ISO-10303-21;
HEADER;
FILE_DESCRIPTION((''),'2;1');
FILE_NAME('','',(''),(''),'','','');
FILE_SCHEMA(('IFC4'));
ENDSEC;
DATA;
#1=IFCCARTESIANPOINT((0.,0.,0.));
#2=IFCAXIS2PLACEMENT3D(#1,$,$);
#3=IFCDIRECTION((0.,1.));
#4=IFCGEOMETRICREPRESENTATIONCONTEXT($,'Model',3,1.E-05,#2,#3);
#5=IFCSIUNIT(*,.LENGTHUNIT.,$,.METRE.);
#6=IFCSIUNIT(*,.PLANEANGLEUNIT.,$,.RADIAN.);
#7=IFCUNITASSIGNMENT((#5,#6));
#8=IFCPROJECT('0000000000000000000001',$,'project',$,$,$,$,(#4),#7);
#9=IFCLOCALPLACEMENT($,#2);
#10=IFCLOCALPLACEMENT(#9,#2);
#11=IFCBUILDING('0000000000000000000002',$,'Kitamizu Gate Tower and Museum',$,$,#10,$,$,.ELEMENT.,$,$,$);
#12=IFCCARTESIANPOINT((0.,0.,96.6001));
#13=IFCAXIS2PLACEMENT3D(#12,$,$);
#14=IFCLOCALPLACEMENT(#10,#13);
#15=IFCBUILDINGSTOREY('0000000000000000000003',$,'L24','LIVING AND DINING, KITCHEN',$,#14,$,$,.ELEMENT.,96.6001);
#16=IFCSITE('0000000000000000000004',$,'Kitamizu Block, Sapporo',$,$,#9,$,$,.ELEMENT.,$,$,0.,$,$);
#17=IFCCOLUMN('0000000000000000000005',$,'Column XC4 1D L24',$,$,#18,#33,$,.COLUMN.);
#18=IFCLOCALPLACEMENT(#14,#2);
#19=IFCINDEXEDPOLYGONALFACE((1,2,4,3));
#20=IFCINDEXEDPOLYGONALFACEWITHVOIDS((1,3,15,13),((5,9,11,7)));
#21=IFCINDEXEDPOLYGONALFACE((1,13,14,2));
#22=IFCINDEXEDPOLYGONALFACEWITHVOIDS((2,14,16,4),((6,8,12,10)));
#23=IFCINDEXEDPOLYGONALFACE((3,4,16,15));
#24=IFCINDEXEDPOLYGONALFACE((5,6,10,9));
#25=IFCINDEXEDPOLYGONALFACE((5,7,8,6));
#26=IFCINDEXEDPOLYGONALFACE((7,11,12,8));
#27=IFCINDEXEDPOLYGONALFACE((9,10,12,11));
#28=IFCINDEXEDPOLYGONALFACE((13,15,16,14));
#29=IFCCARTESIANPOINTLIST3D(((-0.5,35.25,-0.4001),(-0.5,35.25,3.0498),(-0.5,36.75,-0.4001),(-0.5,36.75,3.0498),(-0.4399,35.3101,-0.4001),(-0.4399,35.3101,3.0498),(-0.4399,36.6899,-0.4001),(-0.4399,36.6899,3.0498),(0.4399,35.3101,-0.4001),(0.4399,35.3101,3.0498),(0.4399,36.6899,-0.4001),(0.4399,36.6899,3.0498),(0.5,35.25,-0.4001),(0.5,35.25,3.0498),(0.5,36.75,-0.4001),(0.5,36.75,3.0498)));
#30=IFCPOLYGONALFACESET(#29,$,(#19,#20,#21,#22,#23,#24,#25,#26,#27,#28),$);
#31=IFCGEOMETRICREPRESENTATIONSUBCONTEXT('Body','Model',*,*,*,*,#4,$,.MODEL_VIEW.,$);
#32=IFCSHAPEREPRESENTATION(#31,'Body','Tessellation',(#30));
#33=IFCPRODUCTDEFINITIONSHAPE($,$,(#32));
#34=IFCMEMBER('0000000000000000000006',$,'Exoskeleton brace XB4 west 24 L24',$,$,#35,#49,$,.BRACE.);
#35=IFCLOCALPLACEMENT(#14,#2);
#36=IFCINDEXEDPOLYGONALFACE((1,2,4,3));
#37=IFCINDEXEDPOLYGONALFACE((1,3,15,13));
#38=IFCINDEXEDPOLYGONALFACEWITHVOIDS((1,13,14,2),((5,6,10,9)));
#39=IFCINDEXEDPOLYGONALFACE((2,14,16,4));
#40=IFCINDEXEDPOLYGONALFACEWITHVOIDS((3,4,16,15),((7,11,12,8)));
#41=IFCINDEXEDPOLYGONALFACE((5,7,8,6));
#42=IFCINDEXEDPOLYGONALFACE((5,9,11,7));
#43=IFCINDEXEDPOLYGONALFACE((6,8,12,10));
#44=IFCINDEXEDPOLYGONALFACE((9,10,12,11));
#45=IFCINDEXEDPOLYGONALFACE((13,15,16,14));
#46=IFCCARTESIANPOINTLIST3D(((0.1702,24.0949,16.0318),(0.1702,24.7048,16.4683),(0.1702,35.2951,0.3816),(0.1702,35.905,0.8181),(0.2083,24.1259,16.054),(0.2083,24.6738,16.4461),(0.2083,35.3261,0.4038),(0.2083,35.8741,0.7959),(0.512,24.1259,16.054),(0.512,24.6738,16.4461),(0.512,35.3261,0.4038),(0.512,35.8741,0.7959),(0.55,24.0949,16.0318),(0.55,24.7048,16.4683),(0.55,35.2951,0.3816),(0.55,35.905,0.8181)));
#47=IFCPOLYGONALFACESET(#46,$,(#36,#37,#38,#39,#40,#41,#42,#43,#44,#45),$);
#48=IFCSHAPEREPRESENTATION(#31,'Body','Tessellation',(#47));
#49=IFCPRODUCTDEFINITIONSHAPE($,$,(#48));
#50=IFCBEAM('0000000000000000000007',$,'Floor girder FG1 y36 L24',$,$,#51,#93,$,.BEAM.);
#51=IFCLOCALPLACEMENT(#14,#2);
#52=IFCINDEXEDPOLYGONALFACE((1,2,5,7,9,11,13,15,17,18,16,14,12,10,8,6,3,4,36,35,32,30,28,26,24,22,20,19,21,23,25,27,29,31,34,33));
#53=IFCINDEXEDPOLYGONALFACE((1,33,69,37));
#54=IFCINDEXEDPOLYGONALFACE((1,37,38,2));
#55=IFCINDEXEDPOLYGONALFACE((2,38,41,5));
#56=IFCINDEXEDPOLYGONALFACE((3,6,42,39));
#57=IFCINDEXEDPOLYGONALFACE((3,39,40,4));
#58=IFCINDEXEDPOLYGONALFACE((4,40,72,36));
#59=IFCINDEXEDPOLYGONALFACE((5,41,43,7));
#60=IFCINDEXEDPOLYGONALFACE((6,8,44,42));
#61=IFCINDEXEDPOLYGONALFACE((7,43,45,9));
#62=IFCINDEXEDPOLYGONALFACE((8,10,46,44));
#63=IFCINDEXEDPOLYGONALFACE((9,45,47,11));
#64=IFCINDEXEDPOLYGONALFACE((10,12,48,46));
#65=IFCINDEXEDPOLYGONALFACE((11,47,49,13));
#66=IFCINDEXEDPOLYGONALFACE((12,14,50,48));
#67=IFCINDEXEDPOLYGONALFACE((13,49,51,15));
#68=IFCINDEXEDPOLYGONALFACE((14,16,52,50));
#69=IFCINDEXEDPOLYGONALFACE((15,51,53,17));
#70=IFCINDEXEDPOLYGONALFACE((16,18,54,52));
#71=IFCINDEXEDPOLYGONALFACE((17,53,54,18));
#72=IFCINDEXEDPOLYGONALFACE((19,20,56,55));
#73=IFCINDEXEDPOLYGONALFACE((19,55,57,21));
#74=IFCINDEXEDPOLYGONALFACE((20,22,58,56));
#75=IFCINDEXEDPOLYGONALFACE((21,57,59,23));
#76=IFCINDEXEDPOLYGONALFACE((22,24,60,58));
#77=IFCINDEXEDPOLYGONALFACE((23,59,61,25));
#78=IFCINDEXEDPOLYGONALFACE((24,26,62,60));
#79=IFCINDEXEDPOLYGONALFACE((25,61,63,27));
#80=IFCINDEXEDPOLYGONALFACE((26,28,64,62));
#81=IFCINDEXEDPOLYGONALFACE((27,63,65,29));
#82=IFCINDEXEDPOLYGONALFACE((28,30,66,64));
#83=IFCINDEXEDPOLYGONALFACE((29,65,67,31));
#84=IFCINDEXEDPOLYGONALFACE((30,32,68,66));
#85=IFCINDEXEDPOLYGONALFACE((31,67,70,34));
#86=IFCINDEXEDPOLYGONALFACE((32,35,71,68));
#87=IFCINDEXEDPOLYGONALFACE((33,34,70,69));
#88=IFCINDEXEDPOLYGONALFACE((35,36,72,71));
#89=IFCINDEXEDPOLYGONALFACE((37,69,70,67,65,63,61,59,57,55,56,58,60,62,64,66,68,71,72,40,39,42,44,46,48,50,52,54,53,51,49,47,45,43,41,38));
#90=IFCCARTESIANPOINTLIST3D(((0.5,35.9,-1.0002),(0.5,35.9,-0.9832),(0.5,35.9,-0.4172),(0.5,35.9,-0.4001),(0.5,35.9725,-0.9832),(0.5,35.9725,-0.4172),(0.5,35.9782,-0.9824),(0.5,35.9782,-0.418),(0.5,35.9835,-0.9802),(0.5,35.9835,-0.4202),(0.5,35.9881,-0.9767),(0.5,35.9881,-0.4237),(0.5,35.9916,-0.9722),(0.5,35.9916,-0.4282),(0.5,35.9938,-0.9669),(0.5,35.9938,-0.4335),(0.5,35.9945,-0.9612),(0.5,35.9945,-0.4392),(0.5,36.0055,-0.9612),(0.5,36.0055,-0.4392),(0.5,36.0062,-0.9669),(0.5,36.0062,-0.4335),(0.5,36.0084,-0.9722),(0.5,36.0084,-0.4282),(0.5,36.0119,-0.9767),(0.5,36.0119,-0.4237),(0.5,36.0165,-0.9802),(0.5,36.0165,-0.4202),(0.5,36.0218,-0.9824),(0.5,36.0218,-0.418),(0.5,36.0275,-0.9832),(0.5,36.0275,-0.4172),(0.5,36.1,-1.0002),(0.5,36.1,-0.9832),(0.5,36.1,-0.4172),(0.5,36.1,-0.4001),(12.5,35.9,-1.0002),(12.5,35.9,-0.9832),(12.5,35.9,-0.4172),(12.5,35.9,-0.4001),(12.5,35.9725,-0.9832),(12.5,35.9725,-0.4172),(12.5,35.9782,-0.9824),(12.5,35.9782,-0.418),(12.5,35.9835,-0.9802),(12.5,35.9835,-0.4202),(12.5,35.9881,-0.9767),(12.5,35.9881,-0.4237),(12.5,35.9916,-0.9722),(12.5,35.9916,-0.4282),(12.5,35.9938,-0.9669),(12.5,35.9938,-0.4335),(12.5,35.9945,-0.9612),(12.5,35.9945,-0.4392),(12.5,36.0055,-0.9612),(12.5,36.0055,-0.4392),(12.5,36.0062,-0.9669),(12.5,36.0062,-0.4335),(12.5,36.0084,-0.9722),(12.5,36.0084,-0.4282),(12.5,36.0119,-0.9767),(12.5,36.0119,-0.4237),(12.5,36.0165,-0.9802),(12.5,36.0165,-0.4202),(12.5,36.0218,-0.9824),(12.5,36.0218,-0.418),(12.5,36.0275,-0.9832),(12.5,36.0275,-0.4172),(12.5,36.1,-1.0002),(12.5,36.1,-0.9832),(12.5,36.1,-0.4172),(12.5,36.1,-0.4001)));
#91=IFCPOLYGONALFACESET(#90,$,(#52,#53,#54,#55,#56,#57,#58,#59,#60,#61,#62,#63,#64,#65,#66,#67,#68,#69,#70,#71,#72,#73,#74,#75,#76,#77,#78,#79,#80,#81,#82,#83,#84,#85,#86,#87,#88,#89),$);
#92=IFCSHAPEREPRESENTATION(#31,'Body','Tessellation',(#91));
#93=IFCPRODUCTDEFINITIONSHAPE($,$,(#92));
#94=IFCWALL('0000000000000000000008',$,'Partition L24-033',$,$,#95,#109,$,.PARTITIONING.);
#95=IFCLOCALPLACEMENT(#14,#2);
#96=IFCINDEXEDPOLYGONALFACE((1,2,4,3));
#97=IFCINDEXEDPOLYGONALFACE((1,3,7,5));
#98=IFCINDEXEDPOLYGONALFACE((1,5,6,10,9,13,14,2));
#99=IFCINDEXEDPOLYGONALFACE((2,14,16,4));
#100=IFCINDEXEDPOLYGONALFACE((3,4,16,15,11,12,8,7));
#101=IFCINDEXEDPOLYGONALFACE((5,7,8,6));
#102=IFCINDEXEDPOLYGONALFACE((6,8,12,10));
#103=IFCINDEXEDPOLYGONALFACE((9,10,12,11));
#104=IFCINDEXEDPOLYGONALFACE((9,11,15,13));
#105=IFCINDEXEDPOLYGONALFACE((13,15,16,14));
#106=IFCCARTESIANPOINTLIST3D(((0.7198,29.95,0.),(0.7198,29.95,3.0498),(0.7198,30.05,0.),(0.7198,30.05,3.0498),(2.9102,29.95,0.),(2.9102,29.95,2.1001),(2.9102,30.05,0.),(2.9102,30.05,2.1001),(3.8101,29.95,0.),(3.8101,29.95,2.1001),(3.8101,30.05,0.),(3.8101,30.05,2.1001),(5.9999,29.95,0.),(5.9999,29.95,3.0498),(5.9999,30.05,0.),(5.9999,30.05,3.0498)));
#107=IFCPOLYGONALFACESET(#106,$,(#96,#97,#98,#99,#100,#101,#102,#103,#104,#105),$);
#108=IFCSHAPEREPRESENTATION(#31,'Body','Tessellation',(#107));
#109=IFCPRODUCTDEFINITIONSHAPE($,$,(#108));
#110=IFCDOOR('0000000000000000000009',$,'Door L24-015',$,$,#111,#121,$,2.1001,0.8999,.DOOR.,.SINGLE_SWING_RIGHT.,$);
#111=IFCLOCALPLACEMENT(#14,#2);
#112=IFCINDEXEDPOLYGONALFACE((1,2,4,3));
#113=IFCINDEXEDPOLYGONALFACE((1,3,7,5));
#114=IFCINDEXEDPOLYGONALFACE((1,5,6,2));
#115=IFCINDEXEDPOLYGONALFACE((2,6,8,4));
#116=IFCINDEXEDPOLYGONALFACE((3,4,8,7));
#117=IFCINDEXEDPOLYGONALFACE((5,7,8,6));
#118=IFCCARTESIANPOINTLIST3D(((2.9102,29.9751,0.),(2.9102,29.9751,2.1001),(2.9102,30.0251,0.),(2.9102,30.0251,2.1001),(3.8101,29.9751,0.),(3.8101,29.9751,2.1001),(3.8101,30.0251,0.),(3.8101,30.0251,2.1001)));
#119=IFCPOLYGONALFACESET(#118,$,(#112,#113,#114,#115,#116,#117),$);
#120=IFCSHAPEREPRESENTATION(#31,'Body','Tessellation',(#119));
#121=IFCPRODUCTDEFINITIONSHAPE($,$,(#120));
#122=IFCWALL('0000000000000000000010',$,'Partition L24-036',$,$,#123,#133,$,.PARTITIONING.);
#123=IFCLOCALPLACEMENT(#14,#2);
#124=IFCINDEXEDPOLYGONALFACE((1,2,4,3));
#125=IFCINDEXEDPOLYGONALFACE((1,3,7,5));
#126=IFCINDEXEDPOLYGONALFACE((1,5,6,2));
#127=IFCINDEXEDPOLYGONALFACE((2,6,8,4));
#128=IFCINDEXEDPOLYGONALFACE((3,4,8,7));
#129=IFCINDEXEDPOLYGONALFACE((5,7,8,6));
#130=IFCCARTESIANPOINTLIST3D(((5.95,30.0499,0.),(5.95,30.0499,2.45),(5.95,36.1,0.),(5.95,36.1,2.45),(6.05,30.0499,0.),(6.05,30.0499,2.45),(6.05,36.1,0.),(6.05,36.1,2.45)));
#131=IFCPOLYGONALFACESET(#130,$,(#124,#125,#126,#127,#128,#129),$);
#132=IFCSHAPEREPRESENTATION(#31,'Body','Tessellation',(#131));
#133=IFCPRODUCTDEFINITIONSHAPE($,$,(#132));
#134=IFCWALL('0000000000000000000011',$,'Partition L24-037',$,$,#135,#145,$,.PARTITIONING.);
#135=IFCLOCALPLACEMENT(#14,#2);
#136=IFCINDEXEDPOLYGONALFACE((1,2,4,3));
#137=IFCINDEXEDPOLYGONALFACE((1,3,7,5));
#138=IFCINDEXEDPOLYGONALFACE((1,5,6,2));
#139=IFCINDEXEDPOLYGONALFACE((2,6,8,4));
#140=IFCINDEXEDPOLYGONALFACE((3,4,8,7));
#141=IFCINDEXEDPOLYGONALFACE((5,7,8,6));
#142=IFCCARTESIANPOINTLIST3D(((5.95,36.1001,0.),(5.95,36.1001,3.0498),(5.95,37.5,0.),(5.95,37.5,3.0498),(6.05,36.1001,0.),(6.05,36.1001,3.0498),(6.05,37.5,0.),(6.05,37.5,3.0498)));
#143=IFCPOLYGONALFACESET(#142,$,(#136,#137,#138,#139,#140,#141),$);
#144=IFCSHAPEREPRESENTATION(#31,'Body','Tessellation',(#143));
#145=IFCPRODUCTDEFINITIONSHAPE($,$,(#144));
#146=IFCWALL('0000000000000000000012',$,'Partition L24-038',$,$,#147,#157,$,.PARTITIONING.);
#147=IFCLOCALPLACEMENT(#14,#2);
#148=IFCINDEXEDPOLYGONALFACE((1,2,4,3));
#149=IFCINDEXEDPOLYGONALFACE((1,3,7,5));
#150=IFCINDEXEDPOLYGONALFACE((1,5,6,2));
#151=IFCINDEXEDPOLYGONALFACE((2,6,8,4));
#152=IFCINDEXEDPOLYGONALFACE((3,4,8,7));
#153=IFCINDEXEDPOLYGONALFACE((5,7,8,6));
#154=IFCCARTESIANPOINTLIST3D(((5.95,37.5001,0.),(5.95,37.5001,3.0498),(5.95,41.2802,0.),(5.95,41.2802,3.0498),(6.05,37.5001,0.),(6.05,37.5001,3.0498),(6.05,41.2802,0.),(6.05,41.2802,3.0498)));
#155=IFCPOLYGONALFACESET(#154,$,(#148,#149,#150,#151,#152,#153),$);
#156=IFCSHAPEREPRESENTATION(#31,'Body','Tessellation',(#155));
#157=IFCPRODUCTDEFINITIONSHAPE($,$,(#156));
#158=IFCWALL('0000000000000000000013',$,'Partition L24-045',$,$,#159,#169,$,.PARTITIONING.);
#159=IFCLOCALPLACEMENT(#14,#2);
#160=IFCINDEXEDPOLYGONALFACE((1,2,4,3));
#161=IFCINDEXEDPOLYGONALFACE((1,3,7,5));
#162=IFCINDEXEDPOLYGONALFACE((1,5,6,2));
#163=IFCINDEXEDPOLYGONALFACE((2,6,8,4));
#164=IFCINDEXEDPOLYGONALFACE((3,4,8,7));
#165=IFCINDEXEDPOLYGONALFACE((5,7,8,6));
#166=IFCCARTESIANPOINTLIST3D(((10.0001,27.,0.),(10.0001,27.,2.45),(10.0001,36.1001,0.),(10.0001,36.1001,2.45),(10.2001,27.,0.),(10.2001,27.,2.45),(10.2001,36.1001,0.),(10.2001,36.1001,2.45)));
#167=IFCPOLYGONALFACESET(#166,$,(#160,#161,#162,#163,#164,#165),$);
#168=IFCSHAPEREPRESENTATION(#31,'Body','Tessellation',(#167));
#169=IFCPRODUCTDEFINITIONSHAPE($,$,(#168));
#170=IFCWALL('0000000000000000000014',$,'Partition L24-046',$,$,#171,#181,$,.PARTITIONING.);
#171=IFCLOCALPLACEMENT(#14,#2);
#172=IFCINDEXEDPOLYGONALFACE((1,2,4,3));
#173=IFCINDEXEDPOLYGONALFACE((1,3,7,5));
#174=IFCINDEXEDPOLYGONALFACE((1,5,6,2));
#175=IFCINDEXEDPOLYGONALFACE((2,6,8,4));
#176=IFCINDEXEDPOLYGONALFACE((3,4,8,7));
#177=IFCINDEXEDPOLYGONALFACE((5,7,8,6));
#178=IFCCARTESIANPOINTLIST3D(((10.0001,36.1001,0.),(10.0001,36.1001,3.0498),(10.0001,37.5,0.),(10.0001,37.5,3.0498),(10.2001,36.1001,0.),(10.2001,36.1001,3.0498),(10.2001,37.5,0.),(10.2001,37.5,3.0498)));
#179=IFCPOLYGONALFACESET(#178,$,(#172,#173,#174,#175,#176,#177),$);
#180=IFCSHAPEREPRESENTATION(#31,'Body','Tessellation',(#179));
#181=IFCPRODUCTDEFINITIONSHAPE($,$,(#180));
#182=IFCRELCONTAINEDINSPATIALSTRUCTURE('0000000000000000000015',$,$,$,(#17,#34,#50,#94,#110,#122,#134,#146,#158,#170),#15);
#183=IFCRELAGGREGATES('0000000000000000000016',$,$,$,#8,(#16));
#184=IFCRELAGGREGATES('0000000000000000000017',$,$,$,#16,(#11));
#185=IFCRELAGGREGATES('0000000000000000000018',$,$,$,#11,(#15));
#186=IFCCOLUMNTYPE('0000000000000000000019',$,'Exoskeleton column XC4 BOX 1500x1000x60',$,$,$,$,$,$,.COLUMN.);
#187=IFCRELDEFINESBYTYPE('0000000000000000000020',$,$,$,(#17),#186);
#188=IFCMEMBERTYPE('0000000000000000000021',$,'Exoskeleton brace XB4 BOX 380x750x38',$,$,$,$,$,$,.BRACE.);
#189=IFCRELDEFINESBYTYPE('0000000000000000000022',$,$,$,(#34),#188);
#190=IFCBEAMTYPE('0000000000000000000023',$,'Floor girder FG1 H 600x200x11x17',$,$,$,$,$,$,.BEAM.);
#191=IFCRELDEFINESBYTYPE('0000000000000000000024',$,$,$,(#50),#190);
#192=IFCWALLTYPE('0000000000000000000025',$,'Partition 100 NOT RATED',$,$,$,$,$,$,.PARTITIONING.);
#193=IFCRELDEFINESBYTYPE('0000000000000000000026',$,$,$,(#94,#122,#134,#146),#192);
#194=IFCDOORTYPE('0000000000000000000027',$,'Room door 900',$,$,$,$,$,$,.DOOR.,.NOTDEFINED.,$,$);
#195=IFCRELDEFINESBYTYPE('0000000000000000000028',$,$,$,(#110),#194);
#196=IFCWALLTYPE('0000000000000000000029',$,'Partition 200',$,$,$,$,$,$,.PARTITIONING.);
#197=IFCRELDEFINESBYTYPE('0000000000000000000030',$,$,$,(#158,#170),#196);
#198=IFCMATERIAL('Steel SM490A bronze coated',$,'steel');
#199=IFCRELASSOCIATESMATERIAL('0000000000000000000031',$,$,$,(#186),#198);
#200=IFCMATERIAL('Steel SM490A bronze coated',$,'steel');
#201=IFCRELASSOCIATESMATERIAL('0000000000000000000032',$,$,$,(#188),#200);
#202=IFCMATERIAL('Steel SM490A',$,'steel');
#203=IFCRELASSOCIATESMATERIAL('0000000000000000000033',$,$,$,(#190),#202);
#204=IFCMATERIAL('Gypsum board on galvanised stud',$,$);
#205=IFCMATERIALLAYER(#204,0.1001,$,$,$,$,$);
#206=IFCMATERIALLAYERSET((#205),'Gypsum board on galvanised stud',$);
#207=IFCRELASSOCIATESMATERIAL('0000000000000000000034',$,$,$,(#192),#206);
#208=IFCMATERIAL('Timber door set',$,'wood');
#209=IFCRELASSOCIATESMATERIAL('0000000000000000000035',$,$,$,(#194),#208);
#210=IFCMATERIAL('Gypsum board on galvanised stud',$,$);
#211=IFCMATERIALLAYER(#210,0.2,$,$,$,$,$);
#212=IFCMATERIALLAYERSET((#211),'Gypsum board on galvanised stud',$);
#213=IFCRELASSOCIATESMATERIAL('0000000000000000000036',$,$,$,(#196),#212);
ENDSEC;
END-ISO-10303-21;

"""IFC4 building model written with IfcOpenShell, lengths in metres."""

from ifc_helpers import new_model, si_unit, direction, frame, frame_2d, origin, origin_2d, place, context, subcontext, project, spatial, rectangle, hollow_rectangle, i_section, extrude, material, layer, layer_set, material_profile, profile_set, type_object, element, fill, save


model = new_model("IFC4")

# Units and contexts
model_context = context("Model", 3, precision=1e-05, world=origin(), true_north=direction((0.0, 1.0)))
body_context = subcontext(model_context, "Body", "Model", "MODEL_VIEW")
ifc_project = project(units=[si_unit("LENGTHUNIT", "METRE"), si_unit("PLANEANGLEUNIT", "RADIAN")], contexts=[model_context])

# Site, building, storey
site_placement = place(None, origin())
site = spatial("IfcSite", under=ifc_project, at=site_placement, Name="Kitamizu Block, Sapporo", CompositionType="ELEMENT", RefElevation=0.0)
building_placement = place(site_placement, origin())
building = spatial("IfcBuilding", under=site, at=building_placement, Name="Kitamizu Gate Tower and Museum", CompositionType="ELEMENT")
storey_placement = place(building_placement, frame((0.0, 0.0, 96.6001)))
storey = spatial("IfcBuildingStorey", under=building, at=storey_placement, Name="L24", Description="LIVING AND DINING, KITCHEN", CompositionType="ELEMENT", Elevation=96.6001)

# Column
ifc_material_1 = material(Name="Steel SM490A bronze coated", Category="steel")
ifc_material_profile_1 = material_profile(ifc_material_1, hollow_rectangle(XDim=1.5, YDim=1.0, WallThickness=0.0601, at=origin_2d()), Name="BOX 1500x1000x60")
ifc_profile_set_1 = profile_set([ifc_material_profile_1], Name="Steel SM490A bronze coated")
column_type = type_object("IfcColumnType", Name="Exoskeleton column XC4 BOX 1500x1000x60", PredefinedType="COLUMN", material=ifc_profile_set_1)
column_placement = place(storey_placement, frame((0.0, 36.0, -0.4001), z_axis=(0.0, 0.0, 1.0), x_axis=(0.0, 1.0, 0.0)))
element("IfcColumn", 1, at=column_placement, inside=storey, type_object=column_type, Name="Column XC4 1D L24", PredefinedType="COLUMN", context=body_context, shape_type="SweptSolid", body=[
    extrude(hollow_rectangle(XDim=1.5, YDim=1.0, WallThickness=0.0601, at=origin_2d()), origin(), (0.0, 0.0, 1.0), 3.45),
])

# Member
ifc_material_2 = material(Name="Steel SM490A bronze coated", Category="steel")
ifc_material_profile_2 = material_profile(ifc_material_2, hollow_rectangle(XDim=0.3799, YDim=0.75, WallThickness=0.0381, at=origin_2d()), Name="BOX 380x750x38")
ifc_profile_set_2 = profile_set([ifc_material_profile_2], Name="Steel SM490A bronze coated")
member_type = type_object("IfcMemberType", Name="Exoskeleton brace XB4 BOX 380x750x38", PredefinedType="BRACE", material=ifc_profile_set_2)
member_placement = place(storey_placement, frame((0.3601, 35.6001, 0.5999), z_axis=(0.0, -0.581978, 0.813204), x_axis=(1.0, 0.0, 0.0)))
element("IfcMember", 2, at=member_placement, inside=storey, type_object=member_type, Name="Exoskeleton brace XB4 west 24 L24", PredefinedType="BRACE", context=body_context, shape_type="SweptSolid", body=[
    extrude(hollow_rectangle(XDim=0.3799, YDim=0.75, WallThickness=0.0381, at=origin_2d()), origin(), (0.0, 0.0, 1.0), 19.2451),
])

# Beam
ifc_material_3 = material(Name="Steel SM490A", Category="steel")
ifc_material_profile_3 = material_profile(ifc_material_3, i_section(OverallWidth=0.2, OverallDepth=0.6001, WebThickness=0.011, FlangeThickness=0.0171, FilletRadius=0.022, at=origin_2d()), Name="H-600x200x11x17")
ifc_profile_set_3 = profile_set([ifc_material_profile_3], Name="Steel SM490A")
beam_type = type_object("IfcBeamType", Name="Floor girder FG1 H 600x200x11x17", PredefinedType="BEAM", material=ifc_profile_set_3)
beam_placement = place(storey_placement, frame((0.5, 36.0, -0.7002), z_axis=(1.0, 0.0, 0.0), x_axis=(0.0, 1.0, 0.0)))
element("IfcBeam", 3, at=beam_placement, inside=storey, type_object=beam_type, Name="Floor girder FG1 y36 L24", PredefinedType="BEAM", context=body_context, shape_type="SweptSolid", body=[
    extrude(i_section(OverallWidth=0.2, OverallDepth=0.6001, WebThickness=0.011, FlangeThickness=0.0171, FilletRadius=0.022, at=origin_2d()), origin(), (0.0, 0.0, 1.0), 12.0),
])

# Wall, opening, door
ifc_material_4 = material(Name="Gypsum board on galvanised stud")
ifc_layer_1 = layer(ifc_material_4, 0.1001)
ifc_layer_set_1 = layer_set([ifc_layer_1], Name="Gypsum board on galvanised stud")
wall_type_1 = type_object("IfcWallType", Name="Partition 100 NOT RATED", PredefinedType="PARTITIONING", material=ifc_layer_set_1)
wall_1_placement = place(storey_placement, frame((6.0, 30.0, 0.0), z_axis=(0.0, 0.0, 1.0), x_axis=(-1.0, 0.0, 0.0)))
wall_1 = element("IfcWall", 4, at=wall_1_placement, inside=storey, type_object=wall_type_1, Name="Partition L24-033", PredefinedType="PARTITIONING", context=body_context, shape_type="SweptSolid", body=[
    extrude(rectangle(XDim=5.28, YDim=0.1001, at=frame_2d((2.6401, 0.0))), origin(), (0.0, 0.0, 1.0), 3.0498),
])
opening_placement = place(wall_1_placement, frame((2.1899, 0.0, 0.0)))
opening = element("IfcOpeningElement", 5, at=opening_placement, cuts=wall_1, PredefinedType="OPENING", context=body_context, shape_type="SweptSolid", body=[
    extrude(rectangle(XDim=0.8999, YDim=2.1001, at=frame_2d((0.45, 1.05))), frame((0.0, 0.0601, 0.0), z_axis=(0.0, -1.0, 0.0), x_axis=(1.0, 0.0, 0.0)), (0.0, 0.0, 1.0), 0.1201),
])
ifc_material_5 = material(Name="Timber door set", Category="wood")
door_type = type_object("IfcDoorType", Name="Room door 900", OperationType="NOTDEFINED", PredefinedType="DOOR", material=ifc_material_5)
door_placement = place(opening_placement, origin())
door = element("IfcDoor", 6, at=door_placement, inside=storey, type_object=door_type, Name="Door L24-015", OperationType="SINGLE_SWING_RIGHT", OverallHeight=2.1001, OverallWidth=0.8999, PredefinedType="DOOR", context=body_context, shape_type="SweptSolid", body=[
    extrude(rectangle(XDim=0.8999, YDim=2.1001, at=frame_2d((0.45, 1.05))), frame((0.0, 0.0249, 0.0), z_axis=(0.0, -1.0, 0.0), x_axis=(1.0, 0.0, 0.0)), (0.0, 0.0, 1.0), 0.05),
])
fill(opening, door)

# Walls
wall_2_placement = place(storey_placement, frame((6.0, 30.05, 0.0), z_axis=(0.0, 0.0, 1.0), x_axis=(0.0, 1.0, 0.0)))
element("IfcWall", 7, at=wall_2_placement, inside=storey, type_object=wall_type_1, Name="Partition L24-036", PredefinedType="PARTITIONING", context=body_context, shape_type="SweptSolid", body=[
    extrude(rectangle(XDim=6.05, YDim=0.1001, at=frame_2d((3.0249, 0.0))), origin(), (0.0, 0.0, 1.0), 2.45),
])
wall_3_placement = place(storey_placement, frame((6.0, 36.1001, 0.0), z_axis=(0.0, 0.0, 1.0), x_axis=(0.0, 1.0, 0.0)))
element("IfcWall", 8, at=wall_3_placement, inside=storey, type_object=wall_type_1, Name="Partition L24-037", PredefinedType="PARTITIONING", context=body_context, shape_type="SweptSolid", body=[
    extrude(rectangle(XDim=1.3999, YDim=0.1001, at=frame_2d((0.7, 0.0))), origin(), (0.0, 0.0, 1.0), 3.0498),
])
wall_4_placement = place(storey_placement, frame((6.0, 37.5, 0.0), z_axis=(0.0, 0.0, 1.0), x_axis=(0.0, 1.0, 0.0)))
element("IfcWall", 9, at=wall_4_placement, inside=storey, type_object=wall_type_1, Name="Partition L24-038", PredefinedType="PARTITIONING", context=body_context, shape_type="SweptSolid", body=[
    extrude(rectangle(XDim=3.78, YDim=0.1001, at=frame_2d((1.8901, 0.0))), origin(), (0.0, 0.0, 1.0), 3.0498),
])
ifc_material_6 = material(Name="Gypsum board on galvanised stud")
ifc_layer_2 = layer(ifc_material_6, 0.2)
ifc_layer_set_2 = layer_set([ifc_layer_2], Name="Gypsum board on galvanised stud")
wall_type_2 = type_object("IfcWallType", Name="Partition 200", PredefinedType="PARTITIONING", material=ifc_layer_set_2)
wall_5_placement = place(storey_placement, frame((10.1001, 27.0, 0.0), z_axis=(0.0, 0.0, 1.0), x_axis=(0.0, 1.0, 0.0)))
element("IfcWall", 10, at=wall_5_placement, inside=storey, type_object=wall_type_2, Name="Partition L24-045", PredefinedType="PARTITIONING", context=body_context, shape_type="SweptSolid", body=[
    extrude(rectangle(XDim=9.1001, YDim=0.2, at=frame_2d((4.55, 0.0))), origin(), (0.0, 0.0, 1.0), 2.45),
])
wall_6_placement = place(storey_placement, frame((10.1001, 36.1001, 0.0), z_axis=(0.0, 0.0, 1.0), x_axis=(0.0, 1.0, 0.0)))
element("IfcWall", 11, at=wall_6_placement, inside=storey, type_object=wall_type_2, Name="Partition L24-046", PredefinedType="PARTITIONING", context=body_context, shape_type="SweptSolid", body=[
    extrude(rectangle(XDim=1.3999, YDim=0.2, at=frame_2d((0.7, 0.0))), origin(), (0.0, 0.0, 1.0), 3.0498),
])

save(model, "model.ifc")
